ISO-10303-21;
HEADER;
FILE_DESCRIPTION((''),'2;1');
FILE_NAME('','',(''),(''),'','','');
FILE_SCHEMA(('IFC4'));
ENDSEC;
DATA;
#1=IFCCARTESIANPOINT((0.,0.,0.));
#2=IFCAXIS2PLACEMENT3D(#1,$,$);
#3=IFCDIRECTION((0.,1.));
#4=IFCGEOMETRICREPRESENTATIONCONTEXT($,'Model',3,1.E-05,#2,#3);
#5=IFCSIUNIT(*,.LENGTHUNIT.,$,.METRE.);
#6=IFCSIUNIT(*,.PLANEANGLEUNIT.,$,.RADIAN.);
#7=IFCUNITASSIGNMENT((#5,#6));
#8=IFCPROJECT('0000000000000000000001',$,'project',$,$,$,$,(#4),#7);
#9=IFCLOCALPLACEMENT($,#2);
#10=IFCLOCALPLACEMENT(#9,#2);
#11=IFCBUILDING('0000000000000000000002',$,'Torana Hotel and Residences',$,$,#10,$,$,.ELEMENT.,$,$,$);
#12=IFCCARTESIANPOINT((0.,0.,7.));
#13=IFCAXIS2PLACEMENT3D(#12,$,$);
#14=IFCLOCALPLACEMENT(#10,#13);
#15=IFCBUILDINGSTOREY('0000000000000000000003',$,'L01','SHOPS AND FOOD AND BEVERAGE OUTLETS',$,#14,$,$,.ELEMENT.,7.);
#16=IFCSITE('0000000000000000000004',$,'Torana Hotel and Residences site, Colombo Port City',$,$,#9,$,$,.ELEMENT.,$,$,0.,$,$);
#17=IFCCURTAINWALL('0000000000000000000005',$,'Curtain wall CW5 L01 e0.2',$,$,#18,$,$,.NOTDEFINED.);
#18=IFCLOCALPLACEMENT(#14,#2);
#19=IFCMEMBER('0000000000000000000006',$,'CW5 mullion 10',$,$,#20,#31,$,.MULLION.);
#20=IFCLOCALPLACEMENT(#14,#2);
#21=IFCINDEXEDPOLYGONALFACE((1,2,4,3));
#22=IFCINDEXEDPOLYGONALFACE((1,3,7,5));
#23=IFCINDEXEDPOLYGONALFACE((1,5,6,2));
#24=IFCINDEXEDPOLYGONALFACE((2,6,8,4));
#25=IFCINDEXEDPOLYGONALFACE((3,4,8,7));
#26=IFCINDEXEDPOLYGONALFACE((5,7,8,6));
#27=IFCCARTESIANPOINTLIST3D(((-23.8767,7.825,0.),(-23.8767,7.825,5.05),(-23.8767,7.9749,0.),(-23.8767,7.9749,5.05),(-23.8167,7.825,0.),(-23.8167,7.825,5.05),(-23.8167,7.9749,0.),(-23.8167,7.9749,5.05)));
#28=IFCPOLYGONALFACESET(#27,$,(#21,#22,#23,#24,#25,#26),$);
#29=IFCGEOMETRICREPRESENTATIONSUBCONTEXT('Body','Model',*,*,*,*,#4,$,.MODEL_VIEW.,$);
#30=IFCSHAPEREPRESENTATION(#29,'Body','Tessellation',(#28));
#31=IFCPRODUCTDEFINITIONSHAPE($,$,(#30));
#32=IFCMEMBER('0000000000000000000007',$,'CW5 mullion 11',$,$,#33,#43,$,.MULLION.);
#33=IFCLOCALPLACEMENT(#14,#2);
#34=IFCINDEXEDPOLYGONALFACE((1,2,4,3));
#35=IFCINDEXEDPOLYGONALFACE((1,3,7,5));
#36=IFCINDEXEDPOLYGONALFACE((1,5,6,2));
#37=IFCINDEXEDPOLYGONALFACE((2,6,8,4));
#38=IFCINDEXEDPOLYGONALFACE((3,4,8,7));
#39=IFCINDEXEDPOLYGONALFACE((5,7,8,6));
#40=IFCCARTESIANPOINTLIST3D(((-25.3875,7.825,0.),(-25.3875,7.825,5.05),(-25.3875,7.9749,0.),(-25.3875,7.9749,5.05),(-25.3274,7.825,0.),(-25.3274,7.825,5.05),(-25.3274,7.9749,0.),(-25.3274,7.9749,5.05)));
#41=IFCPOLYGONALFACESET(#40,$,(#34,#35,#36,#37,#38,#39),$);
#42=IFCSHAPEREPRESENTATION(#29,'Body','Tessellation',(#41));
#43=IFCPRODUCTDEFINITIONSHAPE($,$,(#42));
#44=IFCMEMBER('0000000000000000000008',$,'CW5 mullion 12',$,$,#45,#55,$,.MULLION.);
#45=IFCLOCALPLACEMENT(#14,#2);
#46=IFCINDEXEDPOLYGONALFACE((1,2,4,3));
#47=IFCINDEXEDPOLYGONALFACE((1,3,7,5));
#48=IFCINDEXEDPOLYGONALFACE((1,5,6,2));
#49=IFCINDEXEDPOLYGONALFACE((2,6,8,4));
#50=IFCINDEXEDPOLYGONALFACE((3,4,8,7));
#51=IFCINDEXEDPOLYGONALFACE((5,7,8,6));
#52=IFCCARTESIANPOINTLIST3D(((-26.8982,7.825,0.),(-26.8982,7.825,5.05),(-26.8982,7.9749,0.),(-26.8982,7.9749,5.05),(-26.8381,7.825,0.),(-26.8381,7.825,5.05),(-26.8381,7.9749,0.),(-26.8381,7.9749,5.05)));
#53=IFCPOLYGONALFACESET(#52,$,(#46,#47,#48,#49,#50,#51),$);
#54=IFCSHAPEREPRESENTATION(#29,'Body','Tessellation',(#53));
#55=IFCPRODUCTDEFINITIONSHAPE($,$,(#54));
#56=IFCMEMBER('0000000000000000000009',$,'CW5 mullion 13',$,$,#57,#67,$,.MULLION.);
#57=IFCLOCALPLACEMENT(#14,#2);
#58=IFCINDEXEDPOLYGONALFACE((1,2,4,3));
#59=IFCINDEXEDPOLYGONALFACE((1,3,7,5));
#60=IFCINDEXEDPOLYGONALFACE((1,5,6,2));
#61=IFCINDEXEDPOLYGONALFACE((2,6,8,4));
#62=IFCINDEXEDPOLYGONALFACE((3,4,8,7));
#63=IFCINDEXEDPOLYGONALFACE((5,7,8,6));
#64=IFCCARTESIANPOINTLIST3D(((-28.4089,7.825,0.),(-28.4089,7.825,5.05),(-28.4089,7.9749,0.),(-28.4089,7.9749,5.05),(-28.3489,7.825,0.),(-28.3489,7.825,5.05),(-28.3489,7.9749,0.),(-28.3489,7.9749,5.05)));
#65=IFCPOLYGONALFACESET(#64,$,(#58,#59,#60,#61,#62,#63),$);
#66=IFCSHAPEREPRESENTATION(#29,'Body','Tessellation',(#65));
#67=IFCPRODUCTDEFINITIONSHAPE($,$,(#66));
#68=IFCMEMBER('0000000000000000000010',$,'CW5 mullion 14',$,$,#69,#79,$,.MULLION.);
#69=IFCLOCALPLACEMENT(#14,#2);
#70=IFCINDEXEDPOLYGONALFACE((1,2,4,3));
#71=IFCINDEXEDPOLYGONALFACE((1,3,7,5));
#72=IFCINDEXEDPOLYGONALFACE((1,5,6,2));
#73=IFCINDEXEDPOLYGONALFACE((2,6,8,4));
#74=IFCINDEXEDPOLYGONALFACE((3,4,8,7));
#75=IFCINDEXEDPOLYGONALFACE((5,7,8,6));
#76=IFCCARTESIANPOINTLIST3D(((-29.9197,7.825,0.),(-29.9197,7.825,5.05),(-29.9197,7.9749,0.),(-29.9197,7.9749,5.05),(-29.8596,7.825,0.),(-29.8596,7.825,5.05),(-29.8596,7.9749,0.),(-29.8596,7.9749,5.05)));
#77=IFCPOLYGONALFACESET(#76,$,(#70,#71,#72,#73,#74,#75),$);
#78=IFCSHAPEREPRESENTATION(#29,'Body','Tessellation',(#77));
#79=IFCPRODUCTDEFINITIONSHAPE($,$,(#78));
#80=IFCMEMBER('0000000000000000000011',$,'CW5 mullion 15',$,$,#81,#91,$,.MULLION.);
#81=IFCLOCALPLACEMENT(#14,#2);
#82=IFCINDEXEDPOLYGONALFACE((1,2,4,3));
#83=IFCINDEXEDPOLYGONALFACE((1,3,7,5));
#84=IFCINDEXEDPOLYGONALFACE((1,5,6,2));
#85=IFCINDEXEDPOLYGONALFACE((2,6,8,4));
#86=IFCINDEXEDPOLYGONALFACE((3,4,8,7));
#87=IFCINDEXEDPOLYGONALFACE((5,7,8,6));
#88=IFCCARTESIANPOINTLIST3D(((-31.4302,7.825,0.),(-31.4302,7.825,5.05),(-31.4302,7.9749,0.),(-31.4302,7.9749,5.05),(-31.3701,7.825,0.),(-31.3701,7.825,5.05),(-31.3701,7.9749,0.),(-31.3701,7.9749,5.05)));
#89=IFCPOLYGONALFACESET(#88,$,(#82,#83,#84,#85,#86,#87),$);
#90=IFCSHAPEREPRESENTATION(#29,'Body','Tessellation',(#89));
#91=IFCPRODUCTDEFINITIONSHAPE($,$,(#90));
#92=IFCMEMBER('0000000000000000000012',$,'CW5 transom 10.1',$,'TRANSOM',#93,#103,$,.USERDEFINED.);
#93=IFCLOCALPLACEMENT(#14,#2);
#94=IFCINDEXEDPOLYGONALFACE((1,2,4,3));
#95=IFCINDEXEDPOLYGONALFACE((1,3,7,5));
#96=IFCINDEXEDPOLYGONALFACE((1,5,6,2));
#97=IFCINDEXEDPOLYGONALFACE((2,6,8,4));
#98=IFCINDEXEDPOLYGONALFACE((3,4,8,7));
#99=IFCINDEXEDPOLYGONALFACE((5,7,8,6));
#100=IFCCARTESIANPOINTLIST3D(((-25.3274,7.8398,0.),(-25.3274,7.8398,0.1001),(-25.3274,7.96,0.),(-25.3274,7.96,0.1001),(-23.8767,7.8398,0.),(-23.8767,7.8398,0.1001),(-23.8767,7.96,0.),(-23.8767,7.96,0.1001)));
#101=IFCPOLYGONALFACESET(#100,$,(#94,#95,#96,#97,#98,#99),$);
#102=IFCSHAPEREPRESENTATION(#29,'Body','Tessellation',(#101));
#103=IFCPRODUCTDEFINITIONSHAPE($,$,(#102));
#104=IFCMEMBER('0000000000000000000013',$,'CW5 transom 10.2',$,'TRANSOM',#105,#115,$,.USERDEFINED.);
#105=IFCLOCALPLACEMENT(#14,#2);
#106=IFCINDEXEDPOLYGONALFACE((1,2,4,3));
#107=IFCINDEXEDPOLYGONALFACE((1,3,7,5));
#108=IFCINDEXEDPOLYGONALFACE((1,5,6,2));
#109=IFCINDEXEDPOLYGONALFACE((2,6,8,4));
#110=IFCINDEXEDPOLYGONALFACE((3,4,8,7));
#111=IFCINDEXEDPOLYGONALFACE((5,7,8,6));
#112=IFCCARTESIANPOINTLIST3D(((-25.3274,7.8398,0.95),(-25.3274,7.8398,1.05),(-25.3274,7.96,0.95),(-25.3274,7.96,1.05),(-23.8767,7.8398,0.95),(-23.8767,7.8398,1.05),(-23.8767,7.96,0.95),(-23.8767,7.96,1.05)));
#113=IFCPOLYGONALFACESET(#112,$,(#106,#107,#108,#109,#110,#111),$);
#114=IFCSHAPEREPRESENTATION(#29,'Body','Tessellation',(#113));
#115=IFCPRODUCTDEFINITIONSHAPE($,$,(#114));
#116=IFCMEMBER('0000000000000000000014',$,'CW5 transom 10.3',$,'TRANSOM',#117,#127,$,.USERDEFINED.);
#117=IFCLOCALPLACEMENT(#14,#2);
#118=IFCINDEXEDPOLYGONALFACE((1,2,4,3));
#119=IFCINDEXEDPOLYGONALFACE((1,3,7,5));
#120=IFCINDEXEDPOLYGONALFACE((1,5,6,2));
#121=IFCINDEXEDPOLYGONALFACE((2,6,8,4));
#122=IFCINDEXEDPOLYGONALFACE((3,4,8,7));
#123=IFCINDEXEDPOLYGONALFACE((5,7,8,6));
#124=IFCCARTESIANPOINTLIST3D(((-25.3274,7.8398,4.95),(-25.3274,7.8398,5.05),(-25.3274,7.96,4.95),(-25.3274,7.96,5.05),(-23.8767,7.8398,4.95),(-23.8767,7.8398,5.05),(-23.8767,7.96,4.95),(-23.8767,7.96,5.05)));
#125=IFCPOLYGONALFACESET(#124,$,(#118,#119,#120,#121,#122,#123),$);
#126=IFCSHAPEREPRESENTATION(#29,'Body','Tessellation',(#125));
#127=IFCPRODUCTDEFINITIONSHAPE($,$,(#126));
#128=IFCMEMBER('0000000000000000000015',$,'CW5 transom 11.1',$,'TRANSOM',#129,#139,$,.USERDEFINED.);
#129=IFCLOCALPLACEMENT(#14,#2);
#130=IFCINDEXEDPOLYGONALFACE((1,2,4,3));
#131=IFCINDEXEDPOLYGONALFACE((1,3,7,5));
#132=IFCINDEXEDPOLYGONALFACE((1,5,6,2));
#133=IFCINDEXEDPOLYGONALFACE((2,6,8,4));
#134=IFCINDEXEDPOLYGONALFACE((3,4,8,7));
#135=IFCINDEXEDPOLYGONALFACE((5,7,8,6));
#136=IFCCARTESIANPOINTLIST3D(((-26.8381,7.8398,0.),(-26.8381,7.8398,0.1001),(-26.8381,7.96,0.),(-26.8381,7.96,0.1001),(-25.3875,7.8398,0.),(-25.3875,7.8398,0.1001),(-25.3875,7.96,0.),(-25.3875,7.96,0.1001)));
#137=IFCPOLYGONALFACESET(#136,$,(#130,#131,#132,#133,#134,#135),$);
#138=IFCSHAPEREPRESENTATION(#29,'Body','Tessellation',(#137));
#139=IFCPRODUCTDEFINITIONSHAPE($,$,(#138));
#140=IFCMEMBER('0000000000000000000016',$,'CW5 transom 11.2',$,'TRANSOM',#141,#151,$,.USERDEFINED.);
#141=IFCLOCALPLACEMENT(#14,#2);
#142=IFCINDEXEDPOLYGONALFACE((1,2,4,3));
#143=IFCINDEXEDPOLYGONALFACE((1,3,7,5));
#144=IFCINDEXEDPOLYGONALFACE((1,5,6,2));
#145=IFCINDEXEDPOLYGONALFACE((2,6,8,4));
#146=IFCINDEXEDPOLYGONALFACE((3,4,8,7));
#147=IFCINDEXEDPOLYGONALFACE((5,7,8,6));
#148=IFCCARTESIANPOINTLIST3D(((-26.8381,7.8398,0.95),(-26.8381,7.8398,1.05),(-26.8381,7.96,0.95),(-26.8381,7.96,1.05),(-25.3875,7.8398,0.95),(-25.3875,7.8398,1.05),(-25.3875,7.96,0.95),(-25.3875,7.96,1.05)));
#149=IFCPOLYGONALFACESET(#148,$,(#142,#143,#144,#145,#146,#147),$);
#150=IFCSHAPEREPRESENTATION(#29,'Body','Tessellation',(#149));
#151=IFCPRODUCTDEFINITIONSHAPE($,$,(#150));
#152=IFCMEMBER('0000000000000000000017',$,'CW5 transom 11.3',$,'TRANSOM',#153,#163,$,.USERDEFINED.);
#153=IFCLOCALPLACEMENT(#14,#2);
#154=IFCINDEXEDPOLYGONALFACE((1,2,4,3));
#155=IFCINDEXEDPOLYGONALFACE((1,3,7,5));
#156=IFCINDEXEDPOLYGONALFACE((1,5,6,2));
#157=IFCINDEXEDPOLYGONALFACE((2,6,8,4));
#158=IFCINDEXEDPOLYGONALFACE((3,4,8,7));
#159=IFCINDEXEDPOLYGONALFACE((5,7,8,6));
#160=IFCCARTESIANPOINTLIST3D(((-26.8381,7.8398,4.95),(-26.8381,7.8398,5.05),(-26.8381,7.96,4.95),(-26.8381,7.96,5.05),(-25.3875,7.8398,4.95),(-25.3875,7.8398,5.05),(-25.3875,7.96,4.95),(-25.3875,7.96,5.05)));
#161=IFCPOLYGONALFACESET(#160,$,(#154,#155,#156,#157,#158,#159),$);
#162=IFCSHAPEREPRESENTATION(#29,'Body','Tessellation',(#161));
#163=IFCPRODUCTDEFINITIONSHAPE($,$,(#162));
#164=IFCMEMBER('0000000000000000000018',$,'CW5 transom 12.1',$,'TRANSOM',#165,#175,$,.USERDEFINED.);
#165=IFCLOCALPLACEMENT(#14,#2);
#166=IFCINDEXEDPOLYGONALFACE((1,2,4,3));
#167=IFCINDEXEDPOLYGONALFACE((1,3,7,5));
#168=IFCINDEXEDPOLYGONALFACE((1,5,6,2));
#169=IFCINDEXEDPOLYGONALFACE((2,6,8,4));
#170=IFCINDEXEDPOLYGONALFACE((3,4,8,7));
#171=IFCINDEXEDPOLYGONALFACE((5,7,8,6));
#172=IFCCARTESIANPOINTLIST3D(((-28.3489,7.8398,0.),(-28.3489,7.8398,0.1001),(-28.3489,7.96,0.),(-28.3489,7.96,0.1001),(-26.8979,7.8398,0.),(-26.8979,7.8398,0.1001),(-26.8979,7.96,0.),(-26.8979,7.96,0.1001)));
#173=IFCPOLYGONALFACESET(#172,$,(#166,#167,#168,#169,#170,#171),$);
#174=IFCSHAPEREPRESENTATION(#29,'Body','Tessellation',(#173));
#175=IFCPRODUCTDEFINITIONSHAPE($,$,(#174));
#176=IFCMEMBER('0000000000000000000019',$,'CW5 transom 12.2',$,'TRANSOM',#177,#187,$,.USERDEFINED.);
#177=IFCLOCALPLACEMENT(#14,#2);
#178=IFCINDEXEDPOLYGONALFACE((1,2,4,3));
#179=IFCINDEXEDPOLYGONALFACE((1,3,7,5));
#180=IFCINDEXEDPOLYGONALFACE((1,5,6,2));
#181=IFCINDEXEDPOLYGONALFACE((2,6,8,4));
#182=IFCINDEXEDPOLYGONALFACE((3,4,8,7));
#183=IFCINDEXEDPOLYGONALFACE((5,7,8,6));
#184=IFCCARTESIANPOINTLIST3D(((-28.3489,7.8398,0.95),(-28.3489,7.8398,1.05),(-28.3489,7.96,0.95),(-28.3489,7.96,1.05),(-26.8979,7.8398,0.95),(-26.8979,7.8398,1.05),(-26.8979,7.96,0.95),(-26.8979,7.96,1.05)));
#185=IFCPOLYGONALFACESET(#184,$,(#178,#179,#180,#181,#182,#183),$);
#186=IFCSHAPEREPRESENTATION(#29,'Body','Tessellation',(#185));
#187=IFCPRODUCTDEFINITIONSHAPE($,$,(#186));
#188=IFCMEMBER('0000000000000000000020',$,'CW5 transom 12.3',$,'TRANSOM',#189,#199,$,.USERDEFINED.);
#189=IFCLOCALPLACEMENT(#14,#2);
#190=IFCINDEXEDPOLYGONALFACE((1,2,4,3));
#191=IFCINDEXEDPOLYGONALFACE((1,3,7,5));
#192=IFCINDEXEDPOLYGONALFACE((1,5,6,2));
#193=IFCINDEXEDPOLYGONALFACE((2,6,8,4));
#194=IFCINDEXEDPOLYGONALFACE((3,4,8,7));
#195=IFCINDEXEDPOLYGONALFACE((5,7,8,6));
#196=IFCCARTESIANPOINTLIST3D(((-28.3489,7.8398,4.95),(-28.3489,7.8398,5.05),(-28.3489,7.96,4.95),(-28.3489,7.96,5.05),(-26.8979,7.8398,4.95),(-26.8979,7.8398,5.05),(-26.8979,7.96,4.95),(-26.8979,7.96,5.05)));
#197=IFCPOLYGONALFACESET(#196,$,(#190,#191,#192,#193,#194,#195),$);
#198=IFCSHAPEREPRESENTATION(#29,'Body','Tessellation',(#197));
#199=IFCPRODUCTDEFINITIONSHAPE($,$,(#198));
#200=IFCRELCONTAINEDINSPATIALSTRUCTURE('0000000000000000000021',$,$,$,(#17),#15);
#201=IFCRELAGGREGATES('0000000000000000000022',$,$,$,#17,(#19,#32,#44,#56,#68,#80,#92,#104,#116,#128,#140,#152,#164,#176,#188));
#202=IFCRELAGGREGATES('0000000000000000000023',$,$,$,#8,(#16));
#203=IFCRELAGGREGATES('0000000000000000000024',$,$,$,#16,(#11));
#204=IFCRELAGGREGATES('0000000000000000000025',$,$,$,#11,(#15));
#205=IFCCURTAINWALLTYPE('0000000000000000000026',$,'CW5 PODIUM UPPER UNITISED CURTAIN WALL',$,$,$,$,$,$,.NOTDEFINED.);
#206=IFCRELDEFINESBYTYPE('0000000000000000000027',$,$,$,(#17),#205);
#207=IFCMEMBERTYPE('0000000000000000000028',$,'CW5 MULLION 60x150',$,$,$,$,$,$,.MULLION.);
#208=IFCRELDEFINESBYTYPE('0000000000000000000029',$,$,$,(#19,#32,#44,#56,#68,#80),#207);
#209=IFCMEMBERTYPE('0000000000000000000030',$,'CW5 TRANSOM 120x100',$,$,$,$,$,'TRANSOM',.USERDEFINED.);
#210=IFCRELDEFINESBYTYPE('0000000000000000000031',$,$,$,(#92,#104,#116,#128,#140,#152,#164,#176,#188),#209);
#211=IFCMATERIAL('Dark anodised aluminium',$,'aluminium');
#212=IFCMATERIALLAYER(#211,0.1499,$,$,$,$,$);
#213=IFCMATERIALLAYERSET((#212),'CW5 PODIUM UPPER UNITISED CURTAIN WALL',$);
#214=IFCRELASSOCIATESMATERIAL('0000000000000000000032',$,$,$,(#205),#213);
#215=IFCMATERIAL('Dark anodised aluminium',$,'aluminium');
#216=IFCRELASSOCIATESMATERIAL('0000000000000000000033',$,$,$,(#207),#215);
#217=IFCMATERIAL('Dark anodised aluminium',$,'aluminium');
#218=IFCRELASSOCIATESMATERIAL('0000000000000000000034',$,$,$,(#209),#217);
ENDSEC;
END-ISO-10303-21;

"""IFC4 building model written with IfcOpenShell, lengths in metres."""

from ifc_helpers import new_model, si_unit, direction, frame, origin, origin_2d, place, context, subcontext, project, spatial, rectangle, extrude, material, layer, layer_set, material_profile, profile_set, type_object, element, aggregate, save


model = new_model("IFC4")

# Units and contexts
model_context = context("Model", 3, precision=1e-05, world=origin(), true_north=direction((0.0, 1.0)))
body_context = subcontext(model_context, "Body", "Model", "MODEL_VIEW")
ifc_project = project(units=[si_unit("LENGTHUNIT", "METRE"), si_unit("PLANEANGLEUNIT", "RADIAN")], contexts=[model_context])

# Site, building, storey
site_placement = place(None, origin())
site = spatial("IfcSite", under=ifc_project, at=site_placement, Name="Torana Hotel and Residences site, Colombo Port City", CompositionType="ELEMENT", RefElevation=0.0)
building_placement = place(site_placement, origin())
building = spatial("IfcBuilding", under=site, at=building_placement, Name="Torana Hotel and Residences", CompositionType="ELEMENT")
storey_placement = place(building_placement, frame((0.0, 0.0, 7.0)))
storey = spatial("IfcBuildingStorey", under=building, at=storey_placement, Name="L01", Description="SHOPS AND FOOD AND BEVERAGE OUTLETS", CompositionType="ELEMENT", Elevation=7.0)

# Curtain wall, members
ifc_material_1 = material(Name="Dark anodised aluminium", Category="aluminium")
ifc_layer_1 = layer(ifc_material_1, 0.1499)
ifc_layer_set_1 = layer_set([ifc_layer_1], Name="CW5 PODIUM UPPER UNITISED CURTAIN WALL")
curtain_wall_type = type_object("IfcCurtainWallType", Name="CW5 PODIUM UPPER UNITISED CURTAIN WALL", PredefinedType="NOTDEFINED", material=ifc_layer_set_1)
curtain_wall_placement = place(storey_placement, origin())
curtain_wall = element("IfcCurtainWall", 1, at=curtain_wall_placement, inside=storey, type_object=curtain_wall_type, Name="Curtain wall CW5 L01 e0.2", PredefinedType="NOTDEFINED")
ifc_material_2 = material(Name="Dark anodised aluminium", Category="aluminium")
ifc_material_profile_1 = material_profile(ifc_material_2, rectangle(XDim=0.1499, YDim=0.0601, at=origin_2d()), Name="CW5 MULLION 60x150")
ifc_profile_set_1 = profile_set([ifc_material_profile_1], Name="Dark anodised aluminium")
member_type_1 = type_object("IfcMemberType", Name="CW5 MULLION 60x150", PredefinedType="MULLION", material=ifc_profile_set_1)
member_1_placement = place(storey_placement, frame((-23.8467, 7.8999, 0.0), z_axis=(0.0, 0.0, 1.0), x_axis=(0.0, -1.0, 0.0)))
member_1 = element("IfcMember", 2, at=member_1_placement, type_object=member_type_1, Name="CW5 mullion 10", PredefinedType="MULLION", context=body_context, shape_type="SweptSolid", body=[
    extrude(rectangle(XDim=0.1499, YDim=0.0601, at=origin_2d()), origin(), (0.0, 0.0, 1.0), 5.05),
])
member_2_placement = place(storey_placement, frame((-25.3574, 7.8999, 0.0), z_axis=(0.0, 0.0, 1.0), x_axis=(0.0, -1.0, 0.0)))
member_2 = element("IfcMember", 3, at=member_2_placement, type_object=member_type_1, Name="CW5 mullion 11", PredefinedType="MULLION", context=body_context, shape_type="SweptSolid", body=[
    extrude(rectangle(XDim=0.1499, YDim=0.0601, at=origin_2d()), origin(), (0.0, 0.0, 1.0), 5.05),
])
member_3_placement = place(storey_placement, frame((-26.8682, 7.8999, 0.0), z_axis=(0.0, 0.0, 1.0), x_axis=(0.0, -1.0, 0.0)))
member_3 = element("IfcMember", 4, at=member_3_placement, type_object=member_type_1, Name="CW5 mullion 12", PredefinedType="MULLION", context=body_context, shape_type="SweptSolid", body=[
    extrude(rectangle(XDim=0.1499, YDim=0.0601, at=origin_2d()), origin(), (0.0, 0.0, 1.0), 5.05),
])
member_4_placement = place(storey_placement, frame((-28.3789, 7.8999, 0.0), z_axis=(0.0, 0.0, 1.0), x_axis=(0.0, -1.0, 0.0)))
member_4 = element("IfcMember", 5, at=member_4_placement, type_object=member_type_1, Name="CW5 mullion 13", PredefinedType="MULLION", context=body_context, shape_type="SweptSolid", body=[
    extrude(rectangle(XDim=0.1499, YDim=0.0601, at=origin_2d()), origin(), (0.0, 0.0, 1.0), 5.05),
])
member_5_placement = place(storey_placement, frame((-29.8896, 7.8999, 0.0), z_axis=(0.0, 0.0, 1.0), x_axis=(0.0, -1.0, 0.0)))
member_5 = element("IfcMember", 6, at=member_5_placement, type_object=member_type_1, Name="CW5 mullion 14", PredefinedType="MULLION", context=body_context, shape_type="SweptSolid", body=[
    extrude(rectangle(XDim=0.1499, YDim=0.0601, at=origin_2d()), origin(), (0.0, 0.0, 1.0), 5.05),
])
member_6_placement = place(storey_placement, frame((-31.4001, 7.8999, 0.0), z_axis=(0.0, 0.0, 1.0), x_axis=(0.0, -1.0, 0.0)))
member_6 = element("IfcMember", 7, at=member_6_placement, type_object=member_type_1, Name="CW5 mullion 15", PredefinedType="MULLION", context=body_context, shape_type="SweptSolid", body=[
    extrude(rectangle(XDim=0.1499, YDim=0.0601, at=origin_2d()), origin(), (0.0, 0.0, 1.0), 5.05),
])
ifc_material_3 = material(Name="Dark anodised aluminium", Category="aluminium")
ifc_material_profile_2 = material_profile(ifc_material_3, rectangle(XDim=0.1201, YDim=0.1001, at=origin_2d()), Name="CW5 TRANSOM 120x100")
ifc_profile_set_2 = profile_set([ifc_material_profile_2], Name="Dark anodised aluminium")
member_type_2 = type_object("IfcMemberType", Name="CW5 TRANSOM 120x100", ElementType="TRANSOM", PredefinedType="USERDEFINED", material=ifc_profile_set_2)
member_7_placement = place(storey_placement, frame((-23.8767, 7.8999, 0.05), z_axis=(-1.0, 0.0, 0.0), x_axis=(0.0, -1.0, 0.0)))
member_7 = element("IfcMember", 8, at=member_7_placement, type_object=member_type_2, Name="CW5 transom 10.1", ObjectType="TRANSOM", PredefinedType="USERDEFINED", context=body_context, shape_type="SweptSolid", body=[
    extrude(rectangle(XDim=0.1201, YDim=0.1001, at=origin_2d()), origin(), (0.0, 0.0, 1.0), 1.4507),
])
member_8_placement = place(storey_placement, frame((-23.8767, 7.8999, 1.0), z_axis=(-1.0, 0.0, 0.0), x_axis=(0.0, -1.0, 0.0)))
member_8 = element("IfcMember", 9, at=member_8_placement, type_object=member_type_2, Name="CW5 transom 10.2", ObjectType="TRANSOM", PredefinedType="USERDEFINED", context=body_context, shape_type="SweptSolid", body=[
    extrude(rectangle(XDim=0.1201, YDim=0.1001, at=origin_2d()), origin(), (0.0, 0.0, 1.0), 1.4507),
])
member_9_placement = place(storey_placement, frame((-23.8767, 7.8999, 5.0), z_axis=(-1.0, 0.0, 0.0), x_axis=(0.0, -1.0, 0.0)))
member_9 = element("IfcMember", 10, at=member_9_placement, type_object=member_type_2, Name="CW5 transom 10.3", ObjectType="TRANSOM", PredefinedType="USERDEFINED", context=body_context, shape_type="SweptSolid", body=[
    extrude(rectangle(XDim=0.1201, YDim=0.1001, at=origin_2d()), origin(), (0.0, 0.0, 1.0), 1.4507),
])
member_10_placement = place(storey_placement, frame((-25.3875, 7.8999, 0.05), z_axis=(-1.0, 0.0, 0.0), x_axis=(0.0, -1.0, 0.0)))
member_10 = element("IfcMember", 11, at=member_10_placement, type_object=member_type_2, Name="CW5 transom 11.1", ObjectType="TRANSOM", PredefinedType="USERDEFINED", context=body_context, shape_type="SweptSolid", body=[
    extrude(rectangle(XDim=0.1201, YDim=0.1001, at=origin_2d()), origin(), (0.0, 0.0, 1.0), 1.4507),
])
member_11_placement = place(storey_placement, frame((-25.3875, 7.8999, 1.0), z_axis=(-1.0, 0.0, 0.0), x_axis=(0.0, -1.0, 0.0)))
member_11 = element("IfcMember", 12, at=member_11_placement, type_object=member_type_2, Name="CW5 transom 11.2", ObjectType="TRANSOM", PredefinedType="USERDEFINED", context=body_context, shape_type="SweptSolid", body=[
    extrude(rectangle(XDim=0.1201, YDim=0.1001, at=origin_2d()), origin(), (0.0, 0.0, 1.0), 1.4507),
])
member_12_placement = place(storey_placement, frame((-25.3875, 7.8999, 5.0), z_axis=(-1.0, 0.0, 0.0), x_axis=(0.0, -1.0, 0.0)))
member_12 = element("IfcMember", 13, at=member_12_placement, type_object=member_type_2, Name="CW5 transom 11.3", ObjectType="TRANSOM", PredefinedType="USERDEFINED", context=body_context, shape_type="SweptSolid", body=[
    extrude(rectangle(XDim=0.1201, YDim=0.1001, at=origin_2d()), origin(), (0.0, 0.0, 1.0), 1.4507),
])
member_13_placement = place(storey_placement, frame((-26.8979, 7.8999, 0.05), z_axis=(-1.0, 0.0, 0.0), x_axis=(0.0, -1.0, 0.0)))
member_13 = element("IfcMember", 14, at=member_13_placement, type_object=member_type_2, Name="CW5 transom 12.1", ObjectType="TRANSOM", PredefinedType="USERDEFINED", context=body_context, shape_type="SweptSolid", body=[
    extrude(rectangle(XDim=0.1201, YDim=0.1001, at=origin_2d()), origin(), (0.0, 0.0, 1.0), 1.4509),
])
member_14_placement = place(storey_placement, frame((-26.8979, 7.8999, 1.0), z_axis=(-1.0, 0.0, 0.0), x_axis=(0.0, -1.0, 0.0)))
member_14 = element("IfcMember", 15, at=member_14_placement, type_object=member_type_2, Name="CW5 transom 12.2", ObjectType="TRANSOM", PredefinedType="USERDEFINED", context=body_context, shape_type="SweptSolid", body=[
    extrude(rectangle(XDim=0.1201, YDim=0.1001, at=origin_2d()), origin(), (0.0, 0.0, 1.0), 1.4509),
])
member_15_placement = place(storey_placement, frame((-26.8979, 7.8999, 5.0), z_axis=(-1.0, 0.0, 0.0), x_axis=(0.0, -1.0, 0.0)))
member_15 = element("IfcMember", 16, at=member_15_placement, type_object=member_type_2, Name="CW5 transom 12.3", ObjectType="TRANSOM", PredefinedType="USERDEFINED", context=body_context, shape_type="SweptSolid", body=[
    extrude(rectangle(XDim=0.1201, YDim=0.1001, at=origin_2d()), origin(), (0.0, 0.0, 1.0), 1.4509),
])
aggregate(curtain_wall, [member_1, member_2, member_3, member_4, member_5, member_6, member_7, member_8, member_9, member_10, member_11, member_12, member_13, member_14, member_15])

save(model, "model.ifc")
